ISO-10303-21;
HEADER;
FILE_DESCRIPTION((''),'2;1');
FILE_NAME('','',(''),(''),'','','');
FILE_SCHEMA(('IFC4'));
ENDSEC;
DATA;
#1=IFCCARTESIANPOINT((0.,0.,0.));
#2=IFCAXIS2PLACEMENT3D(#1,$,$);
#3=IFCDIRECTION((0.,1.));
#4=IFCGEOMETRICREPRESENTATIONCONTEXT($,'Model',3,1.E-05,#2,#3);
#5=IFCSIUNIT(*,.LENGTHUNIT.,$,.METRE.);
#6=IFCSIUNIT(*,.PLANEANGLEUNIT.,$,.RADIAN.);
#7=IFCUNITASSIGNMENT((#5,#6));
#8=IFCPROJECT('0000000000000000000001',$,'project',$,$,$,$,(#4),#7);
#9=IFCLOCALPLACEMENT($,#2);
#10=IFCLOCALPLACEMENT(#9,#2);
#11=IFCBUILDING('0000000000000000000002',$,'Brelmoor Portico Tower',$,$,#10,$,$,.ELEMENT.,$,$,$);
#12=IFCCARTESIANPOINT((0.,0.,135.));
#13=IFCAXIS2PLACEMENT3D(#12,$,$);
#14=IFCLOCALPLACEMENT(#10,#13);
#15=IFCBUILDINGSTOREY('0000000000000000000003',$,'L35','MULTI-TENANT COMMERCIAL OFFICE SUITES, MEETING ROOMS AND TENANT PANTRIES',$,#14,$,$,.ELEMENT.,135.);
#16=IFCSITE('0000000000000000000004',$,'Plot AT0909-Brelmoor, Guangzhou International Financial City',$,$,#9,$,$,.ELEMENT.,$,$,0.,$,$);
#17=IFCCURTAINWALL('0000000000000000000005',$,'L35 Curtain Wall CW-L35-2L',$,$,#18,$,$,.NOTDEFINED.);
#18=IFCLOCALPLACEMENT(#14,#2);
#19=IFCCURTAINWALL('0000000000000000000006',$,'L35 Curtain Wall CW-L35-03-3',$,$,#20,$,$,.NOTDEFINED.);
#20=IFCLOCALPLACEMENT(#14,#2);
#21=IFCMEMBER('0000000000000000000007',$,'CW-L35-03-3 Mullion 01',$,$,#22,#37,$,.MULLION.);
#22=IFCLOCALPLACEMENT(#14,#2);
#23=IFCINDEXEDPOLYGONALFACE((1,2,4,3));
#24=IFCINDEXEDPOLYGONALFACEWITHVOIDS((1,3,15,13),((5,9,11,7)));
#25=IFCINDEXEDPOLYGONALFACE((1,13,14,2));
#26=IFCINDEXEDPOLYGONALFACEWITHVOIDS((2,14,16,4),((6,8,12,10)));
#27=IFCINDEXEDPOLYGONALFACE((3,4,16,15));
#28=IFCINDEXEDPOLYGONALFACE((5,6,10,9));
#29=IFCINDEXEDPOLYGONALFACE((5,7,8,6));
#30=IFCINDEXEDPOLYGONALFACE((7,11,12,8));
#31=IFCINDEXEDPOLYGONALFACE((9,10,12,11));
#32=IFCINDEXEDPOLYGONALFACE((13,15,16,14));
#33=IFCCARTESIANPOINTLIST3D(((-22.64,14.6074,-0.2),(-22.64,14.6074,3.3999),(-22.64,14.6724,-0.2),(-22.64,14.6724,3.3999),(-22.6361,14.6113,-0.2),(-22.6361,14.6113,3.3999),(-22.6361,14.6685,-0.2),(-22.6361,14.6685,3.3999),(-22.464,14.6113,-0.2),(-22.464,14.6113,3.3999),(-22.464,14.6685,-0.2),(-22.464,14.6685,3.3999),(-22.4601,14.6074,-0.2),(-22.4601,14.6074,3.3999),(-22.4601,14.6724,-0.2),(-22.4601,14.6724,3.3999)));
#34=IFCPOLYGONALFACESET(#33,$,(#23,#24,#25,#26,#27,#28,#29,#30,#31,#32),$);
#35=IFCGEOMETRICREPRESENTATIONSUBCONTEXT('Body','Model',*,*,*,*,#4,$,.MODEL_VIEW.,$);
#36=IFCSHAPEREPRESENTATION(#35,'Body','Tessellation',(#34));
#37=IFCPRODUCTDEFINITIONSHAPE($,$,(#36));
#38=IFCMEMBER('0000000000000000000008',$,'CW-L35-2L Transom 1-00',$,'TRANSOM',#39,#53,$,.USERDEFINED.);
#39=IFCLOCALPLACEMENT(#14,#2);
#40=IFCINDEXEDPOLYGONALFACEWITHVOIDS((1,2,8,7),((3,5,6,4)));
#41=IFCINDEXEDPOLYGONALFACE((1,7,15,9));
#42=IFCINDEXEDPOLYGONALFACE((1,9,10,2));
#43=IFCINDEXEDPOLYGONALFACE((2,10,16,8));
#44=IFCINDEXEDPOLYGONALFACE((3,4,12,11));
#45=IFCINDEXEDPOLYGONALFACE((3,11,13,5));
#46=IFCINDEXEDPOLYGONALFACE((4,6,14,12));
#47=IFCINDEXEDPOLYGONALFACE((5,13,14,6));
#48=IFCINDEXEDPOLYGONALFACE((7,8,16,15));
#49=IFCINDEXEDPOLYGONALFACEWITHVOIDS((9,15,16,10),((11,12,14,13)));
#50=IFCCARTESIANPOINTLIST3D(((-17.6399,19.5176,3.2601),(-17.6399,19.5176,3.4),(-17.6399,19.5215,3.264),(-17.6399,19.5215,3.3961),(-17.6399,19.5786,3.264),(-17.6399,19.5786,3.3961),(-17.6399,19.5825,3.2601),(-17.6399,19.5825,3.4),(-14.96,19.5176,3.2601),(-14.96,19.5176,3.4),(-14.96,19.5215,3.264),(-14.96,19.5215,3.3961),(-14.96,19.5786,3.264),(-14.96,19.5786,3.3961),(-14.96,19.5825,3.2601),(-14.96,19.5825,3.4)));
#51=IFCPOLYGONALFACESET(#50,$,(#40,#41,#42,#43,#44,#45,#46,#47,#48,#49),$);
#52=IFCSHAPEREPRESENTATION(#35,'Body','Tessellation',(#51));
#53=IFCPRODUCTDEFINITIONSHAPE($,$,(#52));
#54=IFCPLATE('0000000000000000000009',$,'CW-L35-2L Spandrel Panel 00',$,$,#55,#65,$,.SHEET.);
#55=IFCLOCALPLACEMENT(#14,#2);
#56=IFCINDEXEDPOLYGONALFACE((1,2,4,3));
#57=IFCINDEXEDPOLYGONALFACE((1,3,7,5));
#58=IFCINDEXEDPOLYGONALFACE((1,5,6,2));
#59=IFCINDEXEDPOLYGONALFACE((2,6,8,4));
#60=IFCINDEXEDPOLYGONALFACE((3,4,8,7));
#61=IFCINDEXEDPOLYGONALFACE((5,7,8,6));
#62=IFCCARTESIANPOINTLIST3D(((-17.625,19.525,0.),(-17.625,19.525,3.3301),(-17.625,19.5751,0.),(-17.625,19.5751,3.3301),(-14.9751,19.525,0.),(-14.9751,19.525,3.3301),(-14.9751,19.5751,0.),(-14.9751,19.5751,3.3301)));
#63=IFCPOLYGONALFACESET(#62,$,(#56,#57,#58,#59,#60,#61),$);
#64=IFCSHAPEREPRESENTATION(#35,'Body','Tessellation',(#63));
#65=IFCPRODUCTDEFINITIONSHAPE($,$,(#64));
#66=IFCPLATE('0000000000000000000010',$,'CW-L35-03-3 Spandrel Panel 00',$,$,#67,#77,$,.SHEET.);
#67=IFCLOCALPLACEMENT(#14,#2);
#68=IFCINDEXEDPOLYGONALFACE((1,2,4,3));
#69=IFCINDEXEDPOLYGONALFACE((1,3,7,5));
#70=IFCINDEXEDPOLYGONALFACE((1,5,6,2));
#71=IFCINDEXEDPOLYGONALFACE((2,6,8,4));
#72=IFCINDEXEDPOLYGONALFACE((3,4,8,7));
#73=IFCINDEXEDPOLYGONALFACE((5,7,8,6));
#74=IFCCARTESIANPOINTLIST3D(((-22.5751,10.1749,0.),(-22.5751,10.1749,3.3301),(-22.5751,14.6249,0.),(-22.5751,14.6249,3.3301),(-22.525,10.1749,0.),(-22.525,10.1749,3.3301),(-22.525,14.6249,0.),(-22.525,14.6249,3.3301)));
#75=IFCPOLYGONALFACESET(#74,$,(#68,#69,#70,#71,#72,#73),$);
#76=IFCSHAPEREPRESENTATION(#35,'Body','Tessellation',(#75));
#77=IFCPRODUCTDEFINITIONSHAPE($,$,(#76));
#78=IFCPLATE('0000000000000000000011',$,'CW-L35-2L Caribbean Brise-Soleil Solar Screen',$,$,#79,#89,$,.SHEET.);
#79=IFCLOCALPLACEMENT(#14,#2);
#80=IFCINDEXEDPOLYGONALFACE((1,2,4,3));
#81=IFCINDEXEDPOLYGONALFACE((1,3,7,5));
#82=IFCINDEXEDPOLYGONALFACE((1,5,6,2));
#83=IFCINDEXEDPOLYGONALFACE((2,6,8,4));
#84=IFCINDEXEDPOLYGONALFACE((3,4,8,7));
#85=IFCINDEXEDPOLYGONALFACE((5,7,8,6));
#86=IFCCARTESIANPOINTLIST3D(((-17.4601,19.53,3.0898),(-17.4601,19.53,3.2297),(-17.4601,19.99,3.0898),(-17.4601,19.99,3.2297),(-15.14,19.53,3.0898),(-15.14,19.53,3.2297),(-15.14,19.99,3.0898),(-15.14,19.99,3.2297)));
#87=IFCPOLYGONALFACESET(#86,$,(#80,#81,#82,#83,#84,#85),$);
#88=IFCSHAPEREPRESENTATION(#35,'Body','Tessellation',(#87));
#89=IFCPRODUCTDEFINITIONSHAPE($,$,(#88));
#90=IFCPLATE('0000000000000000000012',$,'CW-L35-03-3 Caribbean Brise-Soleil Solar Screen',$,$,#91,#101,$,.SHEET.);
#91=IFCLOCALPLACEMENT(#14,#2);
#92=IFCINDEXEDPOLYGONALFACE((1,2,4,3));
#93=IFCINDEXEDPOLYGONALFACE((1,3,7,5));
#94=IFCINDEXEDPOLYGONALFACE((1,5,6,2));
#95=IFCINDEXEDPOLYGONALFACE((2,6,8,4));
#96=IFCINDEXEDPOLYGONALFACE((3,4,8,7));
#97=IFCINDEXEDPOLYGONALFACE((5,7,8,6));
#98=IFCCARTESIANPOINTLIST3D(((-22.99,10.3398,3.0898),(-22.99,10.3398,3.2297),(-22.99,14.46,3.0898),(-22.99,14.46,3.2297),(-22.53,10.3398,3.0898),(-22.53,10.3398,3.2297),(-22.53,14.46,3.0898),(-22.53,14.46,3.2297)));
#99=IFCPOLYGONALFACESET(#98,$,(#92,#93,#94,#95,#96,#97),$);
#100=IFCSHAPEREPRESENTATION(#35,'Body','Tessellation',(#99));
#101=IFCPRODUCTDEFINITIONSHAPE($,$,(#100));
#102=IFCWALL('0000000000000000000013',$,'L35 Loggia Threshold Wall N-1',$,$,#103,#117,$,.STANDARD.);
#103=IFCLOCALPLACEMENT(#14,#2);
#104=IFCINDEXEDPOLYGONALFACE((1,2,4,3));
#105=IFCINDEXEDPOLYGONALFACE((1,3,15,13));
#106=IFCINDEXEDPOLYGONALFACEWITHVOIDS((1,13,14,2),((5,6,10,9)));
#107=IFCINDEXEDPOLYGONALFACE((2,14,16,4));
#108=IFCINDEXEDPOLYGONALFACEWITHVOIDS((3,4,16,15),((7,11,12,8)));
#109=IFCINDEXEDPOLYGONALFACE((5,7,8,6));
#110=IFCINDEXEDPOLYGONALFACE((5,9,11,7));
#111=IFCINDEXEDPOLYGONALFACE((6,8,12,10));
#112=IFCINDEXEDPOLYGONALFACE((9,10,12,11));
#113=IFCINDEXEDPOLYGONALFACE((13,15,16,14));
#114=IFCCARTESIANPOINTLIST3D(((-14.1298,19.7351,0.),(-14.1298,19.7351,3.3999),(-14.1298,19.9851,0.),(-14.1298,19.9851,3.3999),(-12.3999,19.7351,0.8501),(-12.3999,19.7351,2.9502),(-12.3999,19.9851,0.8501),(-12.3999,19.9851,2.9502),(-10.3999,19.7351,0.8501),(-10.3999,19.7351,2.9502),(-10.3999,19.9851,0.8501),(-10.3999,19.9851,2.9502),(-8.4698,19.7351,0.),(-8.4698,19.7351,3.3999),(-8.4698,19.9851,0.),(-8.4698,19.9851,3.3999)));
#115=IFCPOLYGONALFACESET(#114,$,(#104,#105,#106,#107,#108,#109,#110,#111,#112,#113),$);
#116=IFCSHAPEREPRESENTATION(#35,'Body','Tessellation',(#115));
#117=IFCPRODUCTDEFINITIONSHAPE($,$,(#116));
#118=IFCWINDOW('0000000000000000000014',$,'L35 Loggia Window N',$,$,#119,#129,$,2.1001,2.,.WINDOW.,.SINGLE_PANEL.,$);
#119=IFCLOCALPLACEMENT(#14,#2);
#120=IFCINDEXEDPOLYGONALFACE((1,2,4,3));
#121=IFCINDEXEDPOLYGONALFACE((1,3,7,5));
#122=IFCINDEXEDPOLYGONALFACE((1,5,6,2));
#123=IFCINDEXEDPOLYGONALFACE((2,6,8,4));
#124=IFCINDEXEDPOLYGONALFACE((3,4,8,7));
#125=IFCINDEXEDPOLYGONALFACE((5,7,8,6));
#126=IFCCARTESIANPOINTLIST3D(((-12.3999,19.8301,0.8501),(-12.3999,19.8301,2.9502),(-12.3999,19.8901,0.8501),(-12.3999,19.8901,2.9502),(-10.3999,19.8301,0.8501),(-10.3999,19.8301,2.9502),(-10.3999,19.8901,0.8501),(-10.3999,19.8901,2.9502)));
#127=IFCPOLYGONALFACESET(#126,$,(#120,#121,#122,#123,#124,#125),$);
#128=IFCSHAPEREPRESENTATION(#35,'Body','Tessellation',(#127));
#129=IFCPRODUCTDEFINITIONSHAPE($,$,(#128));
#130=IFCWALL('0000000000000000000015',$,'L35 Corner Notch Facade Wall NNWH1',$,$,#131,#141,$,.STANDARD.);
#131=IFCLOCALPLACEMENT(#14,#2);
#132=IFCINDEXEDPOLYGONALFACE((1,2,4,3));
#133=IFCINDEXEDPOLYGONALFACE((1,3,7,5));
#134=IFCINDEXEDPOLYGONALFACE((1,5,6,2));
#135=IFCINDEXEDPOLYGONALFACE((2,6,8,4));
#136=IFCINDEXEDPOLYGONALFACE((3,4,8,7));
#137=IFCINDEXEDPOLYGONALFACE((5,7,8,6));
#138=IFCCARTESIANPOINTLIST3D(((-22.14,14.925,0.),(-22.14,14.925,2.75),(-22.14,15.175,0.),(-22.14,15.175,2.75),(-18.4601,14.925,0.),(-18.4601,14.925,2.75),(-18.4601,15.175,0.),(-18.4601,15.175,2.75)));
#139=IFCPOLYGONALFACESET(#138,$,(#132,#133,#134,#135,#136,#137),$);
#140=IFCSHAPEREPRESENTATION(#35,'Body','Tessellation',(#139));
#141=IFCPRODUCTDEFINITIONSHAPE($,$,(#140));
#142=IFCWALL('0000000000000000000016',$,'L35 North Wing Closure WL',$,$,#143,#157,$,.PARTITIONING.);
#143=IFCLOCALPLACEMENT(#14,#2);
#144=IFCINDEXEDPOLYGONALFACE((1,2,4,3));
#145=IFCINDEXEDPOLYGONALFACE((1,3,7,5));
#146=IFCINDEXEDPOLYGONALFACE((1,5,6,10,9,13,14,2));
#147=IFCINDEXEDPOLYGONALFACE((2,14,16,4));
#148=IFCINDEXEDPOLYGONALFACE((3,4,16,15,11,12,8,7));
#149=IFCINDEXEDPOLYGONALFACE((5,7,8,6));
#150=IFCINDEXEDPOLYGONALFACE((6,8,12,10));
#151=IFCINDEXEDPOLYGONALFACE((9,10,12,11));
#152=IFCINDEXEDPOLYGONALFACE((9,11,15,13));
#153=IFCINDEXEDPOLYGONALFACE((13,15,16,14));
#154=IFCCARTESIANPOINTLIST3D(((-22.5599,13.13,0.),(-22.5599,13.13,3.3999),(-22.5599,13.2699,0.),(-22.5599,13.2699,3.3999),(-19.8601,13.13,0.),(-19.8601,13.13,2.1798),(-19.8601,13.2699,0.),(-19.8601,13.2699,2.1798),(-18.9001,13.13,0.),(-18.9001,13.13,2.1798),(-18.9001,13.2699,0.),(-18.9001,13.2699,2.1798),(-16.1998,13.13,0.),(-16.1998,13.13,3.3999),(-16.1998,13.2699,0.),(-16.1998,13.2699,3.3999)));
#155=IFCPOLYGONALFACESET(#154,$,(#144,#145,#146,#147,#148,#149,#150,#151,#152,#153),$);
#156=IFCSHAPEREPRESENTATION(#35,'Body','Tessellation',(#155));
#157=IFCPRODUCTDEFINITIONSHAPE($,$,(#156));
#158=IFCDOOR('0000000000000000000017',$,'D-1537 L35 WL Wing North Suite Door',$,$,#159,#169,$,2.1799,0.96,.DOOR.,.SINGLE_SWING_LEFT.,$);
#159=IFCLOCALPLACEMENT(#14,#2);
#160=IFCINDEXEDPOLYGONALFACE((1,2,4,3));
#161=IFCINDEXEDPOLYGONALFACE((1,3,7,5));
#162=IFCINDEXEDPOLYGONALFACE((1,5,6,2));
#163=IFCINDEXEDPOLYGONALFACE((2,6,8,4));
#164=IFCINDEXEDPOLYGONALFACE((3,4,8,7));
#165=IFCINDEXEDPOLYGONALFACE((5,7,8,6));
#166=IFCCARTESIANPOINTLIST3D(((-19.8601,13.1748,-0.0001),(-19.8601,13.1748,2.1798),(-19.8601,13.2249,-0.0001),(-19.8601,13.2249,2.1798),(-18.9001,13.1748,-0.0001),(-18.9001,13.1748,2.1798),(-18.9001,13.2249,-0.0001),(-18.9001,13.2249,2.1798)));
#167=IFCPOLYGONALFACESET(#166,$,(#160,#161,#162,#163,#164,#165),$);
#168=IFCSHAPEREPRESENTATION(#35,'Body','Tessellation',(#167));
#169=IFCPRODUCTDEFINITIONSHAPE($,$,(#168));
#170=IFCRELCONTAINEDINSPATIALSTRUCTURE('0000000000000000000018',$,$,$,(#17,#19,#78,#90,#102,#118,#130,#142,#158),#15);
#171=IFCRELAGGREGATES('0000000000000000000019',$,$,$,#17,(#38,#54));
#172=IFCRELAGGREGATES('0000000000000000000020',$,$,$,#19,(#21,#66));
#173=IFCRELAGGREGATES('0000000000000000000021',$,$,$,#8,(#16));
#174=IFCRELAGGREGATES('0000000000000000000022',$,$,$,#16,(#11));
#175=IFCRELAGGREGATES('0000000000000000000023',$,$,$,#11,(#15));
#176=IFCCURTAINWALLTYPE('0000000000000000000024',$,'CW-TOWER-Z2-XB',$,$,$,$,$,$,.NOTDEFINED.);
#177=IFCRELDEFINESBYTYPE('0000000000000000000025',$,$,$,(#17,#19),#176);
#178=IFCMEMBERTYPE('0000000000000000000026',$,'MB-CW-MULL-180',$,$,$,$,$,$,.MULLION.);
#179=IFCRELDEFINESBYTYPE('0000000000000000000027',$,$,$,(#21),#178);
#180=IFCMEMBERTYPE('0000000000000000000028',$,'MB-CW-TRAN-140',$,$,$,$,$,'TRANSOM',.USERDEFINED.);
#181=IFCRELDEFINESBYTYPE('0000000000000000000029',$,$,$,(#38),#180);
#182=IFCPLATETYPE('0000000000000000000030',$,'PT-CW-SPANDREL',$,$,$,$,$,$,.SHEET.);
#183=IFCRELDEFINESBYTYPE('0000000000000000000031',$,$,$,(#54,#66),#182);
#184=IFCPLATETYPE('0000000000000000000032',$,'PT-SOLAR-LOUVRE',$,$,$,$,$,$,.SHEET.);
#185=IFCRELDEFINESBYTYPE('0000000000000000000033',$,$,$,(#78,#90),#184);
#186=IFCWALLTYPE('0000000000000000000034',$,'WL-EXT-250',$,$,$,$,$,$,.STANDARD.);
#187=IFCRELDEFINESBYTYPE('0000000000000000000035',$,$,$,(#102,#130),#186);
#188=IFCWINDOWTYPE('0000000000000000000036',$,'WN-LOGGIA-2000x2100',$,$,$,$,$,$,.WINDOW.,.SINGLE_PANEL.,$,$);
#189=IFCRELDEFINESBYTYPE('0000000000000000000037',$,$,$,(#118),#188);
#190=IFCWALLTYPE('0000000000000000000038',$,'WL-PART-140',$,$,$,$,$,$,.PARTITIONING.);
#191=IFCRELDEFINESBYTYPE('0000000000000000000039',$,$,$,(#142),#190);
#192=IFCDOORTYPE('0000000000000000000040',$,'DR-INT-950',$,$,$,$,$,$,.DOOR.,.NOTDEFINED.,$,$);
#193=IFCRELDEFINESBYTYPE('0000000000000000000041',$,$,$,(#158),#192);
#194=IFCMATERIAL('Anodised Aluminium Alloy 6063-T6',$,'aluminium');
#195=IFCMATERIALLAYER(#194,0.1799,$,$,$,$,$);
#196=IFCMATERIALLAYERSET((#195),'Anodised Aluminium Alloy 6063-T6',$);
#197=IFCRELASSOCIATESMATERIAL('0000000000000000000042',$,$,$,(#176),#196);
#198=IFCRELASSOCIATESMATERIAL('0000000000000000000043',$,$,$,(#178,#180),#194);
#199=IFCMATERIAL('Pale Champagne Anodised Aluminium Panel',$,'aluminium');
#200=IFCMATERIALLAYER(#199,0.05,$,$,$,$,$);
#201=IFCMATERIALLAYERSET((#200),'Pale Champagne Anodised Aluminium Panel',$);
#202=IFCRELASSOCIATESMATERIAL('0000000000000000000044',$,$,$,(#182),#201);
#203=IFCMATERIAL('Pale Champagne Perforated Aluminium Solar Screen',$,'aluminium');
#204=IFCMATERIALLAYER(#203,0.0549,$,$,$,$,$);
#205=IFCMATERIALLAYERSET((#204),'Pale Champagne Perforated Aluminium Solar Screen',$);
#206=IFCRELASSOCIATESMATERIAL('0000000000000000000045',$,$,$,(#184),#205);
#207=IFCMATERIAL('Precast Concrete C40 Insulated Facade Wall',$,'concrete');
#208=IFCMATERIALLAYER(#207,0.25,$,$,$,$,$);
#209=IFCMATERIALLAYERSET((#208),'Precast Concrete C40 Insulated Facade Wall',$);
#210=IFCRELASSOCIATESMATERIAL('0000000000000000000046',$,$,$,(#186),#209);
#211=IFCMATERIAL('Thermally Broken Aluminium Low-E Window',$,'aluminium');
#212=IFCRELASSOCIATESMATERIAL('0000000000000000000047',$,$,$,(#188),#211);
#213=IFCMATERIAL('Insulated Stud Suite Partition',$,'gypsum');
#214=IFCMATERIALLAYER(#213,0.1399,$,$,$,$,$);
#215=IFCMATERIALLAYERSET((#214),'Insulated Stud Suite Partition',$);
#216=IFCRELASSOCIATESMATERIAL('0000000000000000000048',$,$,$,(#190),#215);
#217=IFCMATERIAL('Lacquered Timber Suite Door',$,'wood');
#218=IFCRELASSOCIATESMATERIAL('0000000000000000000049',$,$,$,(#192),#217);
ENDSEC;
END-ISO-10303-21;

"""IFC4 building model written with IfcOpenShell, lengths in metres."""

from ifc_helpers import new_model, si_unit, direction, frame, frame_2d, origin, origin_2d, place, context, subcontext, project, spatial, rectangle, hollow_rectangle, extrude, material, layer, layer_set, material_profile, profile_set, type_object, element, fill, aggregate, save


model = new_model("IFC4")

# Units and contexts
model_context = context("Model", 3, precision=1e-05, world=origin(), true_north=direction((0.0, 1.0)))
body_context = subcontext(model_context, "Body", "Model", "MODEL_VIEW")
ifc_project = project(units=[si_unit("LENGTHUNIT", "METRE"), si_unit("PLANEANGLEUNIT", "RADIAN")], contexts=[model_context])

# Site, building, storey
site_placement = place(None, origin())
site = spatial("IfcSite", under=ifc_project, at=site_placement, Name="Plot AT0909-Brelmoor, Guangzhou International Financial City", CompositionType="ELEMENT", RefElevation=0.0)
building_placement = place(site_placement, origin())
building = spatial("IfcBuilding", under=site, at=building_placement, Name="Brelmoor Portico Tower", CompositionType="ELEMENT")
storey_placement = place(building_placement, frame((0.0, 0.0, 135.0)))
storey = spatial("IfcBuildingStorey", under=building, at=storey_placement, Name="L35", Description="MULTI-TENANT COMMERCIAL OFFICE SUITES, MEETING ROOMS AND TENANT PANTRIES", CompositionType="ELEMENT", Elevation=135.0)

# Curtain wall
ifc_material_1 = material(Name="Anodised Aluminium Alloy 6063-T6", Category="aluminium")
ifc_layer_1 = layer(ifc_material_1, 0.1799)
ifc_layer_set_1 = layer_set([ifc_layer_1], Name="Anodised Aluminium Alloy 6063-T6")
curtain_wall_type = type_object("IfcCurtainWallType", Name="CW-TOWER-Z2-XB", PredefinedType="NOTDEFINED", material=ifc_layer_set_1)
curtain_wall_1_placement = place(storey_placement, origin())
curtain_wall_1 = element("IfcCurtainWall", 1, at=curtain_wall_1_placement, inside=storey, type_object=curtain_wall_type, Name="L35 Curtain Wall CW-L35-2L", PredefinedType="NOTDEFINED")
ifc_material_profile_1 = material_profile(ifc_material_1, hollow_rectangle(XDim=0.0649, YDim=0.1799, WallThickness=0.0039, at=origin_2d()), Name="ALU MULLION 65x180")
ifc_profile_set_1 = profile_set([ifc_material_profile_1], Name="Anodised Aluminium Alloy 6063-T6")
member_type_1 = type_object("IfcMemberType", Name="MB-CW-MULL-180", PredefinedType="MULLION", material=ifc_profile_set_1)

# Curtain wall, member
curtain_wall_2_placement = place(storey_placement, origin())
curtain_wall_2 = element("IfcCurtainWall", 2, at=curtain_wall_2_placement, inside=storey, type_object=curtain_wall_type, Name="L35 Curtain Wall CW-L35-03-3", PredefinedType="NOTDEFINED")
member_1_placement = place(storey_placement, frame((-22.55, 14.6399, -0.2), z_axis=(0.0, 0.0, 1.0), x_axis=(0.0, 1.0, 0.0)))
member_1 = element("IfcMember", 3, at=member_1_placement, type_object=member_type_1, Name="CW-L35-03-3 Mullion 01", PredefinedType="MULLION", context=body_context, shape_type="SweptSolid", body=[
    extrude(hollow_rectangle(XDim=0.0649, YDim=0.1799, WallThickness=0.0039, at=origin_2d()), origin(), (0.0, 0.0, 1.0), 3.5999),
])

# Member
ifc_material_profile_2 = material_profile(ifc_material_1, hollow_rectangle(XDim=0.0649, YDim=0.1399, WallThickness=0.0039, at=origin_2d()), Name="ALU TRANSOM 65x140")
ifc_profile_set_2 = profile_set([ifc_material_profile_2], Name="Anodised Aluminium Alloy 6063-T6")
member_type_2 = type_object("IfcMemberType", Name="MB-CW-TRAN-140", ElementType="TRANSOM", PredefinedType="USERDEFINED", material=ifc_profile_set_2)
member_2_placement = place(storey_placement, frame((-17.6399, 19.55, 3.3301), z_axis=(1.0, 0.0, 0.0), x_axis=(0.0, 1.0, 0.0)))
member_2 = element("IfcMember", 4, at=member_2_placement, type_object=member_type_2, Name="CW-L35-2L Transom 1-00", ObjectType="TRANSOM", PredefinedType="USERDEFINED", context=body_context, shape_type="SweptSolid", body=[
    extrude(hollow_rectangle(XDim=0.0649, YDim=0.1399, WallThickness=0.0039, at=origin_2d()), origin(), (0.0, 0.0, 1.0), 2.6799),
])

# Plates
ifc_material_2 = material(Name="Pale Champagne Anodised Aluminium Panel", Category="aluminium")
ifc_layer_2 = layer(ifc_material_2, 0.05)
ifc_layer_set_2 = layer_set([ifc_layer_2], Name="Pale Champagne Anodised Aluminium Panel")
plate_type_1 = type_object("IfcPlateType", Name="PT-CW-SPANDREL", PredefinedType="SHEET", material=ifc_layer_set_2)
plate_1_placement = place(storey_placement, frame((-16.3, 19.55, 0.0), z_axis=(0.0, 0.0, 1.0), x_axis=(1.0, 0.0, 0.0)))
plate_1 = element("IfcPlate", 5, at=plate_1_placement, type_object=plate_type_1, Name="CW-L35-2L Spandrel Panel 00", PredefinedType="SHEET", context=body_context, shape_type="SweptSolid", body=[
    extrude(rectangle(XDim=2.6499, YDim=0.05, at=origin_2d()), origin(), (0.0, 0.0, 1.0), 3.3301),
])
aggregate(curtain_wall_1, [member_2, plate_1])
plate_2_placement = place(storey_placement, frame((-22.55, 12.3999, 0.0), z_axis=(0.0, 0.0, 1.0), x_axis=(0.0, 1.0, 0.0)))
plate_2 = element("IfcPlate", 6, at=plate_2_placement, type_object=plate_type_1, Name="CW-L35-03-3 Spandrel Panel 00", PredefinedType="SHEET", context=body_context, shape_type="SweptSolid", body=[
    extrude(rectangle(XDim=4.45, YDim=0.05, at=origin_2d()), origin(), (0.0, 0.0, 1.0), 3.3301),
])
aggregate(curtain_wall_2, [member_1, plate_2])

# Plates
ifc_material_3 = material(Name="Pale Champagne Perforated Aluminium Solar Screen", Category="aluminium")
ifc_layer_3 = layer(ifc_material_3, 0.0549)
ifc_layer_set_3 = layer_set([ifc_layer_3], Name="Pale Champagne Perforated Aluminium Solar Screen")
plate_type_2 = type_object("IfcPlateType", Name="PT-SOLAR-LOUVRE", PredefinedType="SHEET", material=ifc_layer_set_3)
plate_3_placement = place(storey_placement, frame((-16.3, 19.76, 3.0898), z_axis=(0.0, 0.0, 1.0), x_axis=(1.0, 0.0, 0.0)))
element("IfcPlate", 7, at=plate_3_placement, inside=storey, type_object=plate_type_2, Name="CW-L35-2L Caribbean Brise-Soleil Solar Screen", PredefinedType="SHEET", context=body_context, shape_type="SweptSolid", body=[
    extrude(rectangle(XDim=2.3201, YDim=0.46, at=origin_2d()), origin(), (0.0, 0.0, 1.0), 0.1399),
])
plate_4_placement = place(storey_placement, frame((-22.76, 12.3999, 3.0898), z_axis=(0.0, 0.0, 1.0), x_axis=(0.0, 1.0, 0.0)))
element("IfcPlate", 8, at=plate_4_placement, inside=storey, type_object=plate_type_2, Name="CW-L35-03-3 Caribbean Brise-Soleil Solar Screen", PredefinedType="SHEET", context=body_context, shape_type="SweptSolid", body=[
    extrude(rectangle(XDim=4.1201, YDim=0.46, at=origin_2d()), origin(), (0.0, 0.0, 1.0), 0.1399),
])

# Wall, opening, window
ifc_material_4 = material(Name="Precast Concrete C40 Insulated Facade Wall", Category="concrete")
ifc_layer_4 = layer(ifc_material_4, 0.25)
ifc_layer_set_4 = layer_set([ifc_layer_4], Name="Precast Concrete C40 Insulated Facade Wall")
wall_type_1 = type_object("IfcWallType", Name="WL-EXT-250", PredefinedType="STANDARD", material=ifc_layer_set_4)
wall_1_placement = place(storey_placement, frame((-14.1299, 19.8601, 0.0), z_axis=(0.0, 0.0, 1.0), x_axis=(1.0, 0.0, 0.0)))
wall_1 = element("IfcWall", 9, at=wall_1_placement, inside=storey, type_object=wall_type_1, Name="L35 Loggia Threshold Wall N-1", PredefinedType="STANDARD", context=body_context, shape_type="SweptSolid", body=[
    extrude(rectangle(XDim=5.6599, YDim=0.25, at=frame_2d((2.8301, 0.0))), origin(), (0.0, 0.0, 1.0), 3.3999),
])
opening_1_placement = place(wall_1_placement, frame((1.73, 0.0, 0.8501)))
opening_1 = element("IfcOpeningElement", 10, at=opening_1_placement, cuts=wall_1, PredefinedType="OPENING", context=body_context, shape_type="SweptSolid", body=[
    extrude(rectangle(XDim=2.0, YDim=2.1001, at=frame_2d((1.0, 1.05))), frame((0.0, 0.135, 0.0), z_axis=(0.0, -1.0, 0.0), x_axis=(1.0, 0.0, 0.0)), (0.0, 0.0, 1.0), 0.27),
])
ifc_material_5 = material(Name="Thermally Broken Aluminium Low-E Window", Category="aluminium")
window_type = type_object("IfcWindowType", Name="WN-LOGGIA-2000x2100", PartitioningType="SINGLE_PANEL", PredefinedType="WINDOW", material=ifc_material_5)
window_placement = place(opening_1_placement, origin())
window = element("IfcWindow", 11, at=window_placement, inside=storey, type_object=window_type, Name="L35 Loggia Window N", OverallHeight=2.1001, OverallWidth=2.0, PartitioningType="SINGLE_PANEL", PredefinedType="WINDOW", context=body_context, shape_type="SweptSolid", body=[
    extrude(rectangle(XDim=2.0, YDim=2.1001, at=frame_2d((1.0, 1.05))), frame((0.0, 0.03, 0.0), z_axis=(0.0, -1.0, 0.0), x_axis=(1.0, 0.0, 0.0)), (0.0, 0.0, 1.0), 0.0601),
])
fill(opening_1, window)

# Wall
for number, where, z_axis, x_axis, name in (
    (12, (-22.1399, 15.05, 0.0), (0.0, 0.0, 1.0), (1.0, 0.0, 0.0), "L35 Corner Notch Facade Wall NNWH1"),
):
    element("IfcWall", number, at=place(storey_placement, frame(where, z_axis=z_axis, x_axis=x_axis)), inside=storey, type_object=wall_type_1, Name=name, PredefinedType="STANDARD", context=body_context, shape_type="SweptSolid", body=[
        extrude(rectangle(XDim=3.6799, YDim=0.25, at=frame_2d((1.8398, 0.0))), origin(), (0.0, 0.0, 1.0), 2.75),
    ])

# Wall, opening, door
ifc_material_6 = material(Name="Insulated Stud Suite Partition", Category="gypsum")
ifc_layer_5 = layer(ifc_material_6, 0.1399)
ifc_layer_set_5 = layer_set([ifc_layer_5], Name="Insulated Stud Suite Partition")
wall_type_2 = type_object("IfcWallType", Name="WL-PART-140", PredefinedType="PARTITIONING", material=ifc_layer_set_5)
wall_2_placement = place(storey_placement, frame((-22.5601, 13.2, 0.0), z_axis=(0.0, 0.0, 1.0), x_axis=(1.0, 0.0, 0.0)))
wall_2 = element("IfcWall", 13, at=wall_2_placement, inside=storey, type_object=wall_type_2, Name="L35 North Wing Closure WL", PredefinedType="PARTITIONING", context=body_context, shape_type="SweptSolid", body=[
    extrude(rectangle(XDim=6.3601, YDim=0.1399, at=frame_2d((3.1802, 0.0))), origin(), (0.0, 0.0, 1.0), 3.3999),
])
opening_2_placement = place(wall_2_placement, frame((2.7, 0.0, 0.0)))
opening_2 = element("IfcOpeningElement", 14, at=opening_2_placement, cuts=wall_2, PredefinedType="OPENING", context=body_context, shape_type="SweptSolid", body=[
    extrude(rectangle(XDim=0.96, YDim=2.1799, at=frame_2d((0.48, 1.0898))), frame((0.0, 0.0798, 0.0), z_axis=(0.0, -1.0, 0.0), x_axis=(1.0, 0.0, 0.0)), (0.0, 0.0, 1.0), 0.1599),
])
ifc_material_7 = material(Name="Lacquered Timber Suite Door", Category="wood")
door_type_1 = type_object("IfcDoorType", Name="DR-INT-950", OperationType="NOTDEFINED", PredefinedType="DOOR", material=ifc_material_7)
door_1_placement = place(opening_2_placement, origin())
door_1 = element("IfcDoor", 15, at=door_1_placement, inside=storey, type_object=door_type_1, Name="D-1537 L35 WL Wing North Suite Door", OperationType="SINGLE_SWING_LEFT", OverallHeight=2.1799, OverallWidth=0.96, PredefinedType="DOOR", context=body_context, shape_type="SweptSolid", body=[
    extrude(rectangle(XDim=0.96, YDim=2.1799, at=frame_2d((0.48, 1.0898))), frame((0.0, 0.0249, 0.0), z_axis=(0.0, -1.0, 0.0), x_axis=(1.0, 0.0, 0.0)), (0.0, 0.0, 1.0), 0.05),
])
fill(opening_2, door_1)

save(model, "model.ifc")
